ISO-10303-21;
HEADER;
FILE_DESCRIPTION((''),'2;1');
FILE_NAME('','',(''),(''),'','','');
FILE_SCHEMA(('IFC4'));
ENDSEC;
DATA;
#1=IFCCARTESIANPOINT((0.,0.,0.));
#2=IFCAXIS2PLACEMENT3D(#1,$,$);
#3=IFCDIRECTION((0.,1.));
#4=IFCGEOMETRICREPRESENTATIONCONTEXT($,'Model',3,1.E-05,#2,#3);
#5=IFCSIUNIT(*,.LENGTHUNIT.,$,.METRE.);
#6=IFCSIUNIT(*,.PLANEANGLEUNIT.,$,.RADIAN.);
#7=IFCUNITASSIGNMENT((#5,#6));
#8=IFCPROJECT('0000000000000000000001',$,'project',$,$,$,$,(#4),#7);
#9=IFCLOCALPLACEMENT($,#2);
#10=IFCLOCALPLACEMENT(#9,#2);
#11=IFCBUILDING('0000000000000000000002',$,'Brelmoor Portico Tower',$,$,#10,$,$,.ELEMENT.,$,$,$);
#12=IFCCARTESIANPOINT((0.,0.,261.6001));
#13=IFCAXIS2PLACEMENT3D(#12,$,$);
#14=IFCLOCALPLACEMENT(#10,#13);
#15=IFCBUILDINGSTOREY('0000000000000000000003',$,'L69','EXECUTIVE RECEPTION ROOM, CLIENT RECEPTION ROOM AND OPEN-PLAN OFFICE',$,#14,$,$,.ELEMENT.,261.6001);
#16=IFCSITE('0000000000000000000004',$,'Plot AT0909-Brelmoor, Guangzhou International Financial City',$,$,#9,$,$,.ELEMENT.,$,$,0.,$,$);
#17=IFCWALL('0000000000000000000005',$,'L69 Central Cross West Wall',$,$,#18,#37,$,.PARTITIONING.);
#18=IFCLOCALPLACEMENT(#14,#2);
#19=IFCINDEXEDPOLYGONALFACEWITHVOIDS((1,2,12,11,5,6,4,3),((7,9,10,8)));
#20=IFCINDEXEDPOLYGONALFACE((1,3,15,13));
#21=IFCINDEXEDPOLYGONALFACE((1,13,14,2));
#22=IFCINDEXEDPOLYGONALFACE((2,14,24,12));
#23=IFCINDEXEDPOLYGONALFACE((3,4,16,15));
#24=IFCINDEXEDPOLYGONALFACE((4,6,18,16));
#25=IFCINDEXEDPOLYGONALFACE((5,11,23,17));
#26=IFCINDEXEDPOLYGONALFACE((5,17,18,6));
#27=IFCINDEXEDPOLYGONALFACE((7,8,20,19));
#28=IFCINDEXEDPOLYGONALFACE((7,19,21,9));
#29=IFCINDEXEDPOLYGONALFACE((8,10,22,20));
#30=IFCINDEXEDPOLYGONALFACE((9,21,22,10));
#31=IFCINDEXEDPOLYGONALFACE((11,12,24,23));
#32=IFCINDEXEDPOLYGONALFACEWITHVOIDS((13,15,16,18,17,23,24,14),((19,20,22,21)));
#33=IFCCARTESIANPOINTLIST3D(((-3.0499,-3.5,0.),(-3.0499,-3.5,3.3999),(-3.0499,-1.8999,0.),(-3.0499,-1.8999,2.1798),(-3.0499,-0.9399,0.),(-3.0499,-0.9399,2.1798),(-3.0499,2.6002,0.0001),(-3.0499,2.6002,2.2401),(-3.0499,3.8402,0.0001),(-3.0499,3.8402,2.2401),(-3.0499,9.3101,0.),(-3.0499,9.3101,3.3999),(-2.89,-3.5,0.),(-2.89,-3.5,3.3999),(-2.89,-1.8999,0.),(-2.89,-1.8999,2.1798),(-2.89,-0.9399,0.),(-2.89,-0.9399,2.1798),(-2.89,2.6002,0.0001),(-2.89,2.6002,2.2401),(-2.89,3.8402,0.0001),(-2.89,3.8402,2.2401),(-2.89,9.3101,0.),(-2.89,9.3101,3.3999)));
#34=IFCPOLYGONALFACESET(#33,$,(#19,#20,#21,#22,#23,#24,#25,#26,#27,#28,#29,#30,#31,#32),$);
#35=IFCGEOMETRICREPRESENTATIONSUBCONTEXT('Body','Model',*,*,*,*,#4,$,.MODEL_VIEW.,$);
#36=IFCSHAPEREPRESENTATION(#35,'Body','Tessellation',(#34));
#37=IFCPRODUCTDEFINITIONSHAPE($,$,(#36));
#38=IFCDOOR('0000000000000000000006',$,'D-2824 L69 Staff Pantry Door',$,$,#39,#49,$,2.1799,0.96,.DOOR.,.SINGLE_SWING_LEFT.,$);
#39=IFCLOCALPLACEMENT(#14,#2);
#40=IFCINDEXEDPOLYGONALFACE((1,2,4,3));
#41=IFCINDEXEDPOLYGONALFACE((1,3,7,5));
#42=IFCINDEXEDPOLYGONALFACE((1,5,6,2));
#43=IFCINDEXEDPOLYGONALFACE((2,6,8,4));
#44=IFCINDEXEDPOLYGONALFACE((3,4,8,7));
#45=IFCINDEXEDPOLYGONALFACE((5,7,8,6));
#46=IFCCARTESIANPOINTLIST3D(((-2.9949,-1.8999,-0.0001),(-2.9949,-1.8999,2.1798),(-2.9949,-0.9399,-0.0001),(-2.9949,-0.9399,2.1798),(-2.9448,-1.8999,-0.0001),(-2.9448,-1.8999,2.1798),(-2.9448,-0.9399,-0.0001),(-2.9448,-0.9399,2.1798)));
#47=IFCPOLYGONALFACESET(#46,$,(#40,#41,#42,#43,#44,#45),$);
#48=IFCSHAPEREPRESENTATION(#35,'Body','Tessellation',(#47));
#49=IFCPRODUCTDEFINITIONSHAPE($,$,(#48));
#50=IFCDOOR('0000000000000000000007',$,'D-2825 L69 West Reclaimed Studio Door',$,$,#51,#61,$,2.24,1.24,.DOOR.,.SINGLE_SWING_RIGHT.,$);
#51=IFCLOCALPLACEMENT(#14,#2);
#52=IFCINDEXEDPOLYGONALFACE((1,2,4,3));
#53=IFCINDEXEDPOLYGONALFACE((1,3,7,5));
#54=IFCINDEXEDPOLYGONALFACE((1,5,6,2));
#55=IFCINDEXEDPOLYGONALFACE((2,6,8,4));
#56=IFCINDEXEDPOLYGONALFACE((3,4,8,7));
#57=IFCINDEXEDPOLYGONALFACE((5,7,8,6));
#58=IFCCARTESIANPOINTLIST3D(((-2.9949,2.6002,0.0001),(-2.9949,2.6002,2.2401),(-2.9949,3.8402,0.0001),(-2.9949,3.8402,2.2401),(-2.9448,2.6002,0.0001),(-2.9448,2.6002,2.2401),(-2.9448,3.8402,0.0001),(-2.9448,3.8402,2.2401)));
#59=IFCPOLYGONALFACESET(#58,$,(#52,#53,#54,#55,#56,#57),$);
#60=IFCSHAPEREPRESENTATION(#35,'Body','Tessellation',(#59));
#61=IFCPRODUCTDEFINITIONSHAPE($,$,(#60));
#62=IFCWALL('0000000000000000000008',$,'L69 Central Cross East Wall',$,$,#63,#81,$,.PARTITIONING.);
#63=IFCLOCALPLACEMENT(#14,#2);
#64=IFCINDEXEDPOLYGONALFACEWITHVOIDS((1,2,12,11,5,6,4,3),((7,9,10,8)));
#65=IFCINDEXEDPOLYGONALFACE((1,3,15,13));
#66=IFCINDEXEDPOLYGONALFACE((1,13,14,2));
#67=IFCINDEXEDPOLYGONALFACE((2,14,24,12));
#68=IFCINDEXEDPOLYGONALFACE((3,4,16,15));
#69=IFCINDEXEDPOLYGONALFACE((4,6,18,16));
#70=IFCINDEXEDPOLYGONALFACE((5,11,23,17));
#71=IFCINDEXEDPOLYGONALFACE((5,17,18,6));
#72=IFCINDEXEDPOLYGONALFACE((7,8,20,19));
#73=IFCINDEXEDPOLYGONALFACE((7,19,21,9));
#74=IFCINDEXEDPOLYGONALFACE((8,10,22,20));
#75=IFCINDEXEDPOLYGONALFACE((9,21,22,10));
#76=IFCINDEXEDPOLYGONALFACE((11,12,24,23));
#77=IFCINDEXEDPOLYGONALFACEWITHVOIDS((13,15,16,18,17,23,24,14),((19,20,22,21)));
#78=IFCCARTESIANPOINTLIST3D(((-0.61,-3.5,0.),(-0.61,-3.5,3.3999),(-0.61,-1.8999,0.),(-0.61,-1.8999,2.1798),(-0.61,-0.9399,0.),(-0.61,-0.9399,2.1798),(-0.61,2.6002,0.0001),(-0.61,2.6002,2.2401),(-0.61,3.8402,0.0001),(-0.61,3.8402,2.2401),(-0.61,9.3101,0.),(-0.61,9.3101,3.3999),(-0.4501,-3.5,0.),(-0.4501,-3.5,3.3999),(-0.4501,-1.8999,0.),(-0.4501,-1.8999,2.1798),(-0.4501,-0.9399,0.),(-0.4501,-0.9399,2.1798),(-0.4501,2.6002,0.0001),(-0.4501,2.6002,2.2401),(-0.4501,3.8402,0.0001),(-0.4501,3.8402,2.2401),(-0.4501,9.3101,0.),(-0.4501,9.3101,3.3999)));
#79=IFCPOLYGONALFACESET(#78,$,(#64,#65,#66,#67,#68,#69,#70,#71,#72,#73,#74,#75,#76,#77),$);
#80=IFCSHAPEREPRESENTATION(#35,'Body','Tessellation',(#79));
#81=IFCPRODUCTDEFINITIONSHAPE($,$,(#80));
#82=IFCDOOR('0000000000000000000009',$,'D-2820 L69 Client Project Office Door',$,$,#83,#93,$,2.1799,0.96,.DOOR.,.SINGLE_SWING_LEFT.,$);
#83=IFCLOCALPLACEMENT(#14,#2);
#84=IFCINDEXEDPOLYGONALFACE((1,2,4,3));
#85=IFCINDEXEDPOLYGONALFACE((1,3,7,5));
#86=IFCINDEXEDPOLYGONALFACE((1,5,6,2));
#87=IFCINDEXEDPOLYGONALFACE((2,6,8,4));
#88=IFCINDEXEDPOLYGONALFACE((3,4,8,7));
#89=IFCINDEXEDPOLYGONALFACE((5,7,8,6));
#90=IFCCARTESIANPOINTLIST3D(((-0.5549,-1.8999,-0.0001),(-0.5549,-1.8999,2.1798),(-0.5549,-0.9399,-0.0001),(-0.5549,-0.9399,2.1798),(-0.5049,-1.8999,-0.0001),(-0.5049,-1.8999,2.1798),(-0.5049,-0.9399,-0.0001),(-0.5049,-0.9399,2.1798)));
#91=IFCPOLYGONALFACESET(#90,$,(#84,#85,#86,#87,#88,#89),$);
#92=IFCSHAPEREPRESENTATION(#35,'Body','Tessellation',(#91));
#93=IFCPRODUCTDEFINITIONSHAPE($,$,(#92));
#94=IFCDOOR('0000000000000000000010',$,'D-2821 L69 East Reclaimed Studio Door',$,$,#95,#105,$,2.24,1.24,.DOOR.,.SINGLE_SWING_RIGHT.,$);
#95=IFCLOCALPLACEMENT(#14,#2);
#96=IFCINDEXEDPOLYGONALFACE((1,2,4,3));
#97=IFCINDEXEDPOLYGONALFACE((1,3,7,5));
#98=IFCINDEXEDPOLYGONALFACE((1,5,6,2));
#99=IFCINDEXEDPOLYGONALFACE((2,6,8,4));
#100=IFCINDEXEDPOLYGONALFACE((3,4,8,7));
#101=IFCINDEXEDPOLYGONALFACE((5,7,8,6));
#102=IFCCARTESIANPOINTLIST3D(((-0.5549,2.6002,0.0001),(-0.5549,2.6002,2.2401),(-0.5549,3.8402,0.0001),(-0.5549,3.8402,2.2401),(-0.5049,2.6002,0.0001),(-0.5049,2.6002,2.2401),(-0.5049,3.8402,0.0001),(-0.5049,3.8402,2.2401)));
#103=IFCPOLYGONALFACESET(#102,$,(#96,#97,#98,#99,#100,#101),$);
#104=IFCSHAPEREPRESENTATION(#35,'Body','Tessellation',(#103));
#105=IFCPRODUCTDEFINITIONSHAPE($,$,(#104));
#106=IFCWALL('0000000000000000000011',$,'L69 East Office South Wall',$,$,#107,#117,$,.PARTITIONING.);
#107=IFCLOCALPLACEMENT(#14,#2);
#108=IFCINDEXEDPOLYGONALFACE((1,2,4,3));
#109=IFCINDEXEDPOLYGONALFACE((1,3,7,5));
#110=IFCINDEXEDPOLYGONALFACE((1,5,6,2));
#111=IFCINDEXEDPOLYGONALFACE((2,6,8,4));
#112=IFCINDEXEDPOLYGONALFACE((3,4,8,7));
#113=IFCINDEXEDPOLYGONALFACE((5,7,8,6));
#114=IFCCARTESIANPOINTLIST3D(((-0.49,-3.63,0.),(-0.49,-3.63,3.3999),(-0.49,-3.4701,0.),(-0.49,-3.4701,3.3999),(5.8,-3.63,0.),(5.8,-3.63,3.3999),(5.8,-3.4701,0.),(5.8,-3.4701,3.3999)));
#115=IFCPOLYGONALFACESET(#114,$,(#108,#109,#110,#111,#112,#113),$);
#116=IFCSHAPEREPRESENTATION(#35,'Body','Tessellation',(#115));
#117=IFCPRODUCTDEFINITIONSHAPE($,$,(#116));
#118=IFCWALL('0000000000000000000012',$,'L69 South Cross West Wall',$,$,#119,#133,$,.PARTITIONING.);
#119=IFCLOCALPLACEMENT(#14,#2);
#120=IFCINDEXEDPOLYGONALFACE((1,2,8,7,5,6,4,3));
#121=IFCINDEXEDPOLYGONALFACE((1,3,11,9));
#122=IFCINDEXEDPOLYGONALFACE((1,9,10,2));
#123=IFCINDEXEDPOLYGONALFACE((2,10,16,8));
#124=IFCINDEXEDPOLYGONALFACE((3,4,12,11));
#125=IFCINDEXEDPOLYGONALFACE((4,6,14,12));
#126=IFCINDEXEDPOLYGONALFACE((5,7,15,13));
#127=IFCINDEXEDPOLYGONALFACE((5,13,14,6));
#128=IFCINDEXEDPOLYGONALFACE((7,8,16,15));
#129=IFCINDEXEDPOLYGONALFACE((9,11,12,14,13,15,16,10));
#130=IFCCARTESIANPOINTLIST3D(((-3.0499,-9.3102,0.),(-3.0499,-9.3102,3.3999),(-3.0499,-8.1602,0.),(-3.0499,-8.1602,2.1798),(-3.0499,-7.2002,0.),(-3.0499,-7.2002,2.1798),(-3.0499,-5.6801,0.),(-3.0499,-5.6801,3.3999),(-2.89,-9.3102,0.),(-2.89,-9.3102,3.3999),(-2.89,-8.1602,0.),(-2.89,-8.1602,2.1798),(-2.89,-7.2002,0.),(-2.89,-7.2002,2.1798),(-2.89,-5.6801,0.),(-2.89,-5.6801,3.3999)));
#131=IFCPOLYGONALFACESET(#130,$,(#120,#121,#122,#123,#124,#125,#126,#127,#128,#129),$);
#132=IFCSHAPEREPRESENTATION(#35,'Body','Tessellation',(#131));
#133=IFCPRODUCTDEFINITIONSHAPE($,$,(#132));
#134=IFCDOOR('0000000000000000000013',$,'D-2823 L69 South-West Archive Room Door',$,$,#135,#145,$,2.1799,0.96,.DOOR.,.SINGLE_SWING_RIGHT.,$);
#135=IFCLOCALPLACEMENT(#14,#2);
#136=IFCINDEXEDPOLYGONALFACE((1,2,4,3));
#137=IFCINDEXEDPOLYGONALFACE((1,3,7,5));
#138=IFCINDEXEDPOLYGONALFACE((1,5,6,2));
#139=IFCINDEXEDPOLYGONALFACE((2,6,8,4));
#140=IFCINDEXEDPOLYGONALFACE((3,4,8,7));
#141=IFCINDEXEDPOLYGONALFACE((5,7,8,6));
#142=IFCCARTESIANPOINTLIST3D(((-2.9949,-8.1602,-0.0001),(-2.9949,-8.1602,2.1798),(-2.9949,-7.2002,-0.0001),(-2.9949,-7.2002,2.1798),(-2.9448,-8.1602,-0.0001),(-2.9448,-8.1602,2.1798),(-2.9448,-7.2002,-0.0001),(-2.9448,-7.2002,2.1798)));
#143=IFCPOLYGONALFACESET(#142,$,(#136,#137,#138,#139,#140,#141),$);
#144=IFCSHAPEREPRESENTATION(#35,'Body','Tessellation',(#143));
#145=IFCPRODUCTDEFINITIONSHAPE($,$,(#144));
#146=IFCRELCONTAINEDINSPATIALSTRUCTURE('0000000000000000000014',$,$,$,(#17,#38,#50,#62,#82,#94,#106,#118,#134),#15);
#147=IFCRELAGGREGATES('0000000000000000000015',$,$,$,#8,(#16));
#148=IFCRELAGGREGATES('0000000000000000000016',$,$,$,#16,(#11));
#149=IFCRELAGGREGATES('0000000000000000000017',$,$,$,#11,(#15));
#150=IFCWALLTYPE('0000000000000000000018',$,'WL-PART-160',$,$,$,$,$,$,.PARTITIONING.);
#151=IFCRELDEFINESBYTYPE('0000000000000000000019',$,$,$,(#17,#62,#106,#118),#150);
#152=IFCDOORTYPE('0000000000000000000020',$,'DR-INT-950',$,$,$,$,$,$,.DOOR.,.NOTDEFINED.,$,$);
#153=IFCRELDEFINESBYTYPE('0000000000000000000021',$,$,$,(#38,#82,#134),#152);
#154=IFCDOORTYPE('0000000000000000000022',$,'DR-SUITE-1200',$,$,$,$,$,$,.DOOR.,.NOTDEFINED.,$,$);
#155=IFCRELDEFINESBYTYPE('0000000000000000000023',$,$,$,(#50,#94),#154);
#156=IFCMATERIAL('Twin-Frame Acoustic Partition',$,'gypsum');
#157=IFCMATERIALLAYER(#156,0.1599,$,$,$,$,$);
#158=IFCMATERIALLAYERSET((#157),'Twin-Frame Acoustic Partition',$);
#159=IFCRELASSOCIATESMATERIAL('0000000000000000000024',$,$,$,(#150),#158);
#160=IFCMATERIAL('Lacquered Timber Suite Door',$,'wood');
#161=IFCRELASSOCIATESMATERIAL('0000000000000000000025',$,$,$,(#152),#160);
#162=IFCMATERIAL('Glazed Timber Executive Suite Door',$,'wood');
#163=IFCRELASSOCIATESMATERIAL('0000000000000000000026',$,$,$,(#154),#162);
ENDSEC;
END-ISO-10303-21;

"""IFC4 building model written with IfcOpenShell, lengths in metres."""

from ifc_helpers import new_model, si_unit, direction, frame, frame_2d, origin, place, context, subcontext, project, spatial, rectangle, extrude, material, layer, layer_set, type_object, element, fill, save


model = new_model("IFC4")

# Units and contexts
model_context = context("Model", 3, precision=1e-05, world=origin(), true_north=direction((0.0, 1.0)))
body_context = subcontext(model_context, "Body", "Model", "MODEL_VIEW")
ifc_project = project(units=[si_unit("LENGTHUNIT", "METRE"), si_unit("PLANEANGLEUNIT", "RADIAN")], contexts=[model_context])

# Site, building, storey
site_placement = place(None, origin())
site = spatial("IfcSite", under=ifc_project, at=site_placement, Name="Plot AT0909-Brelmoor, Guangzhou International Financial City", CompositionType="ELEMENT", RefElevation=0.0)
building_placement = place(site_placement, origin())
building = spatial("IfcBuilding", under=site, at=building_placement, Name="Brelmoor Portico Tower", CompositionType="ELEMENT")
storey_placement = place(building_placement, frame((0.0, 0.0, 261.6001)))
storey = spatial("IfcBuildingStorey", under=building, at=storey_placement, Name="L69", Description="EXECUTIVE RECEPTION ROOM, CLIENT RECEPTION ROOM AND OPEN-PLAN OFFICE", CompositionType="ELEMENT", Elevation=261.6001)

# Walls, openings, doors
ifc_material_1 = material(Name="Twin-Frame Acoustic Partition", Category="gypsum")
ifc_layer_1 = layer(ifc_material_1, 0.1599)
ifc_layer_set_1 = layer_set([ifc_layer_1], Name="Twin-Frame Acoustic Partition")
wall_type_1 = type_object("IfcWallType", Name="WL-PART-160", PredefinedType="PARTITIONING", material=ifc_layer_set_1)
wall_1_placement = place(storey_placement, frame((-2.97, -3.5, 0.0), z_axis=(0.0, 0.0, 1.0), x_axis=(0.0, 1.0, 0.0)))
wall_1 = element("IfcWall", 1, at=wall_1_placement, inside=storey, type_object=wall_type_1, Name="L69 Central Cross West Wall", PredefinedType="PARTITIONING", context=body_context, shape_type="SweptSolid", body=[
    extrude(rectangle(XDim=12.8101, YDim=0.1599, at=frame_2d((6.405, 0.0))), origin(), (0.0, 0.0, 1.0), 3.3999),
])
opening_1_placement = place(wall_1_placement, frame((6.1001, 0.0, 0.0)))
opening_1 = element("IfcOpeningElement", 2, at=opening_1_placement, cuts=wall_1, PredefinedType="OPENING", context=body_context, shape_type="SweptSolid", body=[
    extrude(rectangle(XDim=1.24, YDim=2.24, at=frame_2d((0.6201, 1.1201))), frame((0.0, 0.0898, 0.0), z_axis=(0.0, -1.0, 0.0), x_axis=(1.0, 0.0, 0.0)), (0.0, 0.0, 1.0), 0.1799),
])
opening_2_placement = place(wall_1_placement, frame((1.6001, 0.0, 0.0)))
opening_2 = element("IfcOpeningElement", 3, at=opening_2_placement, cuts=wall_1, PredefinedType="OPENING", context=body_context, shape_type="SweptSolid", body=[
    extrude(rectangle(XDim=0.96, YDim=2.1799, at=frame_2d((0.48, 1.0898))), frame((0.0, 0.0898, 0.0), z_axis=(0.0, -1.0, 0.0), x_axis=(1.0, 0.0, 0.0)), (0.0, 0.0, 1.0), 0.1799),
])
ifc_material_2 = material(Name="Lacquered Timber Suite Door", Category="wood")
door_type_1 = type_object("IfcDoorType", Name="DR-INT-950", OperationType="NOTDEFINED", PredefinedType="DOOR", material=ifc_material_2)
door_1_placement = place(opening_2_placement, origin())
door_1 = element("IfcDoor", 4, at=door_1_placement, inside=storey, type_object=door_type_1, Name="D-2824 L69 Staff Pantry Door", OperationType="SINGLE_SWING_LEFT", OverallHeight=2.1799, OverallWidth=0.96, PredefinedType="DOOR", context=body_context, shape_type="SweptSolid", body=[
    extrude(rectangle(XDim=0.96, YDim=2.1799, at=frame_2d((0.48, 1.0898))), frame((0.0, 0.0249, 0.0), z_axis=(0.0, -1.0, 0.0), x_axis=(1.0, 0.0, 0.0)), (0.0, 0.0, 1.0), 0.05),
])
fill(opening_2, door_1)
ifc_material_3 = material(Name="Glazed Timber Executive Suite Door", Category="wood")
door_type_2 = type_object("IfcDoorType", Name="DR-SUITE-1200", OperationType="NOTDEFINED", PredefinedType="DOOR", material=ifc_material_3)
door_2_placement = place(opening_1_placement, origin())
door_2 = element("IfcDoor", 5, at=door_2_placement, inside=storey, type_object=door_type_2, Name="D-2825 L69 West Reclaimed Studio Door", OperationType="SINGLE_SWING_RIGHT", OverallHeight=2.24, OverallWidth=1.24, PredefinedType="DOOR", context=body_context, shape_type="SweptSolid", body=[
    extrude(rectangle(XDim=1.24, YDim=2.24, at=frame_2d((0.6201, 1.1201))), frame((0.0, 0.0249, 0.0), z_axis=(0.0, -1.0, 0.0), x_axis=(1.0, 0.0, 0.0)), (0.0, 0.0, 1.0), 0.05),
])
fill(opening_1, door_2)
wall_2_placement = place(storey_placement, frame((-0.53, -3.5, 0.0), z_axis=(0.0, 0.0, 1.0), x_axis=(0.0, 1.0, 0.0)))
wall_2 = element("IfcWall", 6, at=wall_2_placement, inside=storey, type_object=wall_type_1, Name="L69 Central Cross East Wall", PredefinedType="PARTITIONING", context=body_context, shape_type="SweptSolid", body=[
    extrude(rectangle(XDim=12.8101, YDim=0.1599, at=frame_2d((6.405, 0.0))), origin(), (0.0, 0.0, 1.0), 3.3999),
])
opening_3_placement = place(wall_2_placement, frame((6.1001, 0.0, 0.0)))
opening_3 = element("IfcOpeningElement", 7, at=opening_3_placement, cuts=wall_2, PredefinedType="OPENING", context=body_context, shape_type="SweptSolid", body=[
    extrude(rectangle(XDim=1.24, YDim=2.24, at=frame_2d((0.6201, 1.1201))), frame((0.0, 0.0898, 0.0), z_axis=(0.0, -1.0, 0.0), x_axis=(1.0, 0.0, 0.0)), (0.0, 0.0, 1.0), 0.1799),
])
opening_4_placement = place(wall_2_placement, frame((1.6001, 0.0, 0.0)))
opening_4 = element("IfcOpeningElement", 8, at=opening_4_placement, cuts=wall_2, PredefinedType="OPENING", context=body_context, shape_type="SweptSolid", body=[
    extrude(rectangle(XDim=0.96, YDim=2.1799, at=frame_2d((0.48, 1.0898))), frame((0.0, 0.0898, 0.0), z_axis=(0.0, -1.0, 0.0), x_axis=(1.0, 0.0, 0.0)), (0.0, 0.0, 1.0), 0.1799),
])
door_3_placement = place(opening_4_placement, origin())
door_3 = element("IfcDoor", 9, at=door_3_placement, inside=storey, type_object=door_type_1, Name="D-2820 L69 Client Project Office Door", OperationType="SINGLE_SWING_LEFT", OverallHeight=2.1799, OverallWidth=0.96, PredefinedType="DOOR", context=body_context, shape_type="SweptSolid", body=[
    extrude(rectangle(XDim=0.96, YDim=2.1799, at=frame_2d((0.48, 1.0898))), frame((0.0, 0.0249, 0.0), z_axis=(0.0, -1.0, 0.0), x_axis=(1.0, 0.0, 0.0)), (0.0, 0.0, 1.0), 0.05),
])
fill(opening_4, door_3)
door_4_placement = place(opening_3_placement, origin())
door_4 = element("IfcDoor", 10, at=door_4_placement, inside=storey, type_object=door_type_2, Name="D-2821 L69 East Reclaimed Studio Door", OperationType="SINGLE_SWING_RIGHT", OverallHeight=2.24, OverallWidth=1.24, PredefinedType="DOOR", context=body_context, shape_type="SweptSolid", body=[
    extrude(rectangle(XDim=1.24, YDim=2.24, at=frame_2d((0.6201, 1.1201))), frame((0.0, 0.0249, 0.0), z_axis=(0.0, -1.0, 0.0), x_axis=(1.0, 0.0, 0.0)), (0.0, 0.0, 1.0), 0.05),
])
fill(opening_3, door_4)

# Wall
wall_3_placement = place(storey_placement, frame((-0.49, -3.55, 0.0), z_axis=(0.0, 0.0, 1.0), x_axis=(1.0, 0.0, 0.0)))
element("IfcWall", 11, at=wall_3_placement, inside=storey, type_object=wall_type_1, Name="L69 East Office South Wall", PredefinedType="PARTITIONING", context=body_context, shape_type="SweptSolid", body=[
    extrude(rectangle(XDim=6.29, YDim=0.1599, at=frame_2d((3.145, 0.0))), origin(), (0.0, 0.0, 1.0), 3.3999),
])

# Wall, opening, door
wall_4_placement = place(storey_placement, frame((-2.97, -9.3101, 0.0), z_axis=(0.0, 0.0, 1.0), x_axis=(0.0, 1.0, 0.0)))
wall_4 = element("IfcWall", 12, at=wall_4_placement, inside=storey, type_object=wall_type_1, Name="L69 South Cross West Wall", PredefinedType="PARTITIONING", context=body_context, shape_type="SweptSolid", body=[
    extrude(rectangle(XDim=3.6301, YDim=0.1599, at=frame_2d((1.8149, 0.0))), origin(), (0.0, 0.0, 1.0), 3.3999),
])
opening_5_placement = place(wall_4_placement, frame((1.1499, 0.0, 0.0)))
opening_5 = element("IfcOpeningElement", 13, at=opening_5_placement, cuts=wall_4, PredefinedType="OPENING", context=body_context, shape_type="SweptSolid", body=[
    extrude(rectangle(XDim=0.96, YDim=2.1799, at=frame_2d((0.48, 1.0898))), frame((0.0, 0.0898, 0.0), z_axis=(0.0, -1.0, 0.0), x_axis=(1.0, 0.0, 0.0)), (0.0, 0.0, 1.0), 0.1799),
])
door_5_placement = place(opening_5_placement, origin())
door_5 = element("IfcDoor", 14, at=door_5_placement, inside=storey, type_object=door_type_1, Name="D-2823 L69 South-West Archive Room Door", OperationType="SINGLE_SWING_RIGHT", OverallHeight=2.1799, OverallWidth=0.96, PredefinedType="DOOR", context=body_context, shape_type="SweptSolid", body=[
    extrude(rectangle(XDim=0.96, YDim=2.1799, at=frame_2d((0.48, 1.0898))), frame((0.0, 0.0249, 0.0), z_axis=(0.0, -1.0, 0.0), x_axis=(1.0, 0.0, 0.0)), (0.0, 0.0, 1.0), 0.05),
])
fill(opening_5, door_5)

save(model, "model.ifc")
